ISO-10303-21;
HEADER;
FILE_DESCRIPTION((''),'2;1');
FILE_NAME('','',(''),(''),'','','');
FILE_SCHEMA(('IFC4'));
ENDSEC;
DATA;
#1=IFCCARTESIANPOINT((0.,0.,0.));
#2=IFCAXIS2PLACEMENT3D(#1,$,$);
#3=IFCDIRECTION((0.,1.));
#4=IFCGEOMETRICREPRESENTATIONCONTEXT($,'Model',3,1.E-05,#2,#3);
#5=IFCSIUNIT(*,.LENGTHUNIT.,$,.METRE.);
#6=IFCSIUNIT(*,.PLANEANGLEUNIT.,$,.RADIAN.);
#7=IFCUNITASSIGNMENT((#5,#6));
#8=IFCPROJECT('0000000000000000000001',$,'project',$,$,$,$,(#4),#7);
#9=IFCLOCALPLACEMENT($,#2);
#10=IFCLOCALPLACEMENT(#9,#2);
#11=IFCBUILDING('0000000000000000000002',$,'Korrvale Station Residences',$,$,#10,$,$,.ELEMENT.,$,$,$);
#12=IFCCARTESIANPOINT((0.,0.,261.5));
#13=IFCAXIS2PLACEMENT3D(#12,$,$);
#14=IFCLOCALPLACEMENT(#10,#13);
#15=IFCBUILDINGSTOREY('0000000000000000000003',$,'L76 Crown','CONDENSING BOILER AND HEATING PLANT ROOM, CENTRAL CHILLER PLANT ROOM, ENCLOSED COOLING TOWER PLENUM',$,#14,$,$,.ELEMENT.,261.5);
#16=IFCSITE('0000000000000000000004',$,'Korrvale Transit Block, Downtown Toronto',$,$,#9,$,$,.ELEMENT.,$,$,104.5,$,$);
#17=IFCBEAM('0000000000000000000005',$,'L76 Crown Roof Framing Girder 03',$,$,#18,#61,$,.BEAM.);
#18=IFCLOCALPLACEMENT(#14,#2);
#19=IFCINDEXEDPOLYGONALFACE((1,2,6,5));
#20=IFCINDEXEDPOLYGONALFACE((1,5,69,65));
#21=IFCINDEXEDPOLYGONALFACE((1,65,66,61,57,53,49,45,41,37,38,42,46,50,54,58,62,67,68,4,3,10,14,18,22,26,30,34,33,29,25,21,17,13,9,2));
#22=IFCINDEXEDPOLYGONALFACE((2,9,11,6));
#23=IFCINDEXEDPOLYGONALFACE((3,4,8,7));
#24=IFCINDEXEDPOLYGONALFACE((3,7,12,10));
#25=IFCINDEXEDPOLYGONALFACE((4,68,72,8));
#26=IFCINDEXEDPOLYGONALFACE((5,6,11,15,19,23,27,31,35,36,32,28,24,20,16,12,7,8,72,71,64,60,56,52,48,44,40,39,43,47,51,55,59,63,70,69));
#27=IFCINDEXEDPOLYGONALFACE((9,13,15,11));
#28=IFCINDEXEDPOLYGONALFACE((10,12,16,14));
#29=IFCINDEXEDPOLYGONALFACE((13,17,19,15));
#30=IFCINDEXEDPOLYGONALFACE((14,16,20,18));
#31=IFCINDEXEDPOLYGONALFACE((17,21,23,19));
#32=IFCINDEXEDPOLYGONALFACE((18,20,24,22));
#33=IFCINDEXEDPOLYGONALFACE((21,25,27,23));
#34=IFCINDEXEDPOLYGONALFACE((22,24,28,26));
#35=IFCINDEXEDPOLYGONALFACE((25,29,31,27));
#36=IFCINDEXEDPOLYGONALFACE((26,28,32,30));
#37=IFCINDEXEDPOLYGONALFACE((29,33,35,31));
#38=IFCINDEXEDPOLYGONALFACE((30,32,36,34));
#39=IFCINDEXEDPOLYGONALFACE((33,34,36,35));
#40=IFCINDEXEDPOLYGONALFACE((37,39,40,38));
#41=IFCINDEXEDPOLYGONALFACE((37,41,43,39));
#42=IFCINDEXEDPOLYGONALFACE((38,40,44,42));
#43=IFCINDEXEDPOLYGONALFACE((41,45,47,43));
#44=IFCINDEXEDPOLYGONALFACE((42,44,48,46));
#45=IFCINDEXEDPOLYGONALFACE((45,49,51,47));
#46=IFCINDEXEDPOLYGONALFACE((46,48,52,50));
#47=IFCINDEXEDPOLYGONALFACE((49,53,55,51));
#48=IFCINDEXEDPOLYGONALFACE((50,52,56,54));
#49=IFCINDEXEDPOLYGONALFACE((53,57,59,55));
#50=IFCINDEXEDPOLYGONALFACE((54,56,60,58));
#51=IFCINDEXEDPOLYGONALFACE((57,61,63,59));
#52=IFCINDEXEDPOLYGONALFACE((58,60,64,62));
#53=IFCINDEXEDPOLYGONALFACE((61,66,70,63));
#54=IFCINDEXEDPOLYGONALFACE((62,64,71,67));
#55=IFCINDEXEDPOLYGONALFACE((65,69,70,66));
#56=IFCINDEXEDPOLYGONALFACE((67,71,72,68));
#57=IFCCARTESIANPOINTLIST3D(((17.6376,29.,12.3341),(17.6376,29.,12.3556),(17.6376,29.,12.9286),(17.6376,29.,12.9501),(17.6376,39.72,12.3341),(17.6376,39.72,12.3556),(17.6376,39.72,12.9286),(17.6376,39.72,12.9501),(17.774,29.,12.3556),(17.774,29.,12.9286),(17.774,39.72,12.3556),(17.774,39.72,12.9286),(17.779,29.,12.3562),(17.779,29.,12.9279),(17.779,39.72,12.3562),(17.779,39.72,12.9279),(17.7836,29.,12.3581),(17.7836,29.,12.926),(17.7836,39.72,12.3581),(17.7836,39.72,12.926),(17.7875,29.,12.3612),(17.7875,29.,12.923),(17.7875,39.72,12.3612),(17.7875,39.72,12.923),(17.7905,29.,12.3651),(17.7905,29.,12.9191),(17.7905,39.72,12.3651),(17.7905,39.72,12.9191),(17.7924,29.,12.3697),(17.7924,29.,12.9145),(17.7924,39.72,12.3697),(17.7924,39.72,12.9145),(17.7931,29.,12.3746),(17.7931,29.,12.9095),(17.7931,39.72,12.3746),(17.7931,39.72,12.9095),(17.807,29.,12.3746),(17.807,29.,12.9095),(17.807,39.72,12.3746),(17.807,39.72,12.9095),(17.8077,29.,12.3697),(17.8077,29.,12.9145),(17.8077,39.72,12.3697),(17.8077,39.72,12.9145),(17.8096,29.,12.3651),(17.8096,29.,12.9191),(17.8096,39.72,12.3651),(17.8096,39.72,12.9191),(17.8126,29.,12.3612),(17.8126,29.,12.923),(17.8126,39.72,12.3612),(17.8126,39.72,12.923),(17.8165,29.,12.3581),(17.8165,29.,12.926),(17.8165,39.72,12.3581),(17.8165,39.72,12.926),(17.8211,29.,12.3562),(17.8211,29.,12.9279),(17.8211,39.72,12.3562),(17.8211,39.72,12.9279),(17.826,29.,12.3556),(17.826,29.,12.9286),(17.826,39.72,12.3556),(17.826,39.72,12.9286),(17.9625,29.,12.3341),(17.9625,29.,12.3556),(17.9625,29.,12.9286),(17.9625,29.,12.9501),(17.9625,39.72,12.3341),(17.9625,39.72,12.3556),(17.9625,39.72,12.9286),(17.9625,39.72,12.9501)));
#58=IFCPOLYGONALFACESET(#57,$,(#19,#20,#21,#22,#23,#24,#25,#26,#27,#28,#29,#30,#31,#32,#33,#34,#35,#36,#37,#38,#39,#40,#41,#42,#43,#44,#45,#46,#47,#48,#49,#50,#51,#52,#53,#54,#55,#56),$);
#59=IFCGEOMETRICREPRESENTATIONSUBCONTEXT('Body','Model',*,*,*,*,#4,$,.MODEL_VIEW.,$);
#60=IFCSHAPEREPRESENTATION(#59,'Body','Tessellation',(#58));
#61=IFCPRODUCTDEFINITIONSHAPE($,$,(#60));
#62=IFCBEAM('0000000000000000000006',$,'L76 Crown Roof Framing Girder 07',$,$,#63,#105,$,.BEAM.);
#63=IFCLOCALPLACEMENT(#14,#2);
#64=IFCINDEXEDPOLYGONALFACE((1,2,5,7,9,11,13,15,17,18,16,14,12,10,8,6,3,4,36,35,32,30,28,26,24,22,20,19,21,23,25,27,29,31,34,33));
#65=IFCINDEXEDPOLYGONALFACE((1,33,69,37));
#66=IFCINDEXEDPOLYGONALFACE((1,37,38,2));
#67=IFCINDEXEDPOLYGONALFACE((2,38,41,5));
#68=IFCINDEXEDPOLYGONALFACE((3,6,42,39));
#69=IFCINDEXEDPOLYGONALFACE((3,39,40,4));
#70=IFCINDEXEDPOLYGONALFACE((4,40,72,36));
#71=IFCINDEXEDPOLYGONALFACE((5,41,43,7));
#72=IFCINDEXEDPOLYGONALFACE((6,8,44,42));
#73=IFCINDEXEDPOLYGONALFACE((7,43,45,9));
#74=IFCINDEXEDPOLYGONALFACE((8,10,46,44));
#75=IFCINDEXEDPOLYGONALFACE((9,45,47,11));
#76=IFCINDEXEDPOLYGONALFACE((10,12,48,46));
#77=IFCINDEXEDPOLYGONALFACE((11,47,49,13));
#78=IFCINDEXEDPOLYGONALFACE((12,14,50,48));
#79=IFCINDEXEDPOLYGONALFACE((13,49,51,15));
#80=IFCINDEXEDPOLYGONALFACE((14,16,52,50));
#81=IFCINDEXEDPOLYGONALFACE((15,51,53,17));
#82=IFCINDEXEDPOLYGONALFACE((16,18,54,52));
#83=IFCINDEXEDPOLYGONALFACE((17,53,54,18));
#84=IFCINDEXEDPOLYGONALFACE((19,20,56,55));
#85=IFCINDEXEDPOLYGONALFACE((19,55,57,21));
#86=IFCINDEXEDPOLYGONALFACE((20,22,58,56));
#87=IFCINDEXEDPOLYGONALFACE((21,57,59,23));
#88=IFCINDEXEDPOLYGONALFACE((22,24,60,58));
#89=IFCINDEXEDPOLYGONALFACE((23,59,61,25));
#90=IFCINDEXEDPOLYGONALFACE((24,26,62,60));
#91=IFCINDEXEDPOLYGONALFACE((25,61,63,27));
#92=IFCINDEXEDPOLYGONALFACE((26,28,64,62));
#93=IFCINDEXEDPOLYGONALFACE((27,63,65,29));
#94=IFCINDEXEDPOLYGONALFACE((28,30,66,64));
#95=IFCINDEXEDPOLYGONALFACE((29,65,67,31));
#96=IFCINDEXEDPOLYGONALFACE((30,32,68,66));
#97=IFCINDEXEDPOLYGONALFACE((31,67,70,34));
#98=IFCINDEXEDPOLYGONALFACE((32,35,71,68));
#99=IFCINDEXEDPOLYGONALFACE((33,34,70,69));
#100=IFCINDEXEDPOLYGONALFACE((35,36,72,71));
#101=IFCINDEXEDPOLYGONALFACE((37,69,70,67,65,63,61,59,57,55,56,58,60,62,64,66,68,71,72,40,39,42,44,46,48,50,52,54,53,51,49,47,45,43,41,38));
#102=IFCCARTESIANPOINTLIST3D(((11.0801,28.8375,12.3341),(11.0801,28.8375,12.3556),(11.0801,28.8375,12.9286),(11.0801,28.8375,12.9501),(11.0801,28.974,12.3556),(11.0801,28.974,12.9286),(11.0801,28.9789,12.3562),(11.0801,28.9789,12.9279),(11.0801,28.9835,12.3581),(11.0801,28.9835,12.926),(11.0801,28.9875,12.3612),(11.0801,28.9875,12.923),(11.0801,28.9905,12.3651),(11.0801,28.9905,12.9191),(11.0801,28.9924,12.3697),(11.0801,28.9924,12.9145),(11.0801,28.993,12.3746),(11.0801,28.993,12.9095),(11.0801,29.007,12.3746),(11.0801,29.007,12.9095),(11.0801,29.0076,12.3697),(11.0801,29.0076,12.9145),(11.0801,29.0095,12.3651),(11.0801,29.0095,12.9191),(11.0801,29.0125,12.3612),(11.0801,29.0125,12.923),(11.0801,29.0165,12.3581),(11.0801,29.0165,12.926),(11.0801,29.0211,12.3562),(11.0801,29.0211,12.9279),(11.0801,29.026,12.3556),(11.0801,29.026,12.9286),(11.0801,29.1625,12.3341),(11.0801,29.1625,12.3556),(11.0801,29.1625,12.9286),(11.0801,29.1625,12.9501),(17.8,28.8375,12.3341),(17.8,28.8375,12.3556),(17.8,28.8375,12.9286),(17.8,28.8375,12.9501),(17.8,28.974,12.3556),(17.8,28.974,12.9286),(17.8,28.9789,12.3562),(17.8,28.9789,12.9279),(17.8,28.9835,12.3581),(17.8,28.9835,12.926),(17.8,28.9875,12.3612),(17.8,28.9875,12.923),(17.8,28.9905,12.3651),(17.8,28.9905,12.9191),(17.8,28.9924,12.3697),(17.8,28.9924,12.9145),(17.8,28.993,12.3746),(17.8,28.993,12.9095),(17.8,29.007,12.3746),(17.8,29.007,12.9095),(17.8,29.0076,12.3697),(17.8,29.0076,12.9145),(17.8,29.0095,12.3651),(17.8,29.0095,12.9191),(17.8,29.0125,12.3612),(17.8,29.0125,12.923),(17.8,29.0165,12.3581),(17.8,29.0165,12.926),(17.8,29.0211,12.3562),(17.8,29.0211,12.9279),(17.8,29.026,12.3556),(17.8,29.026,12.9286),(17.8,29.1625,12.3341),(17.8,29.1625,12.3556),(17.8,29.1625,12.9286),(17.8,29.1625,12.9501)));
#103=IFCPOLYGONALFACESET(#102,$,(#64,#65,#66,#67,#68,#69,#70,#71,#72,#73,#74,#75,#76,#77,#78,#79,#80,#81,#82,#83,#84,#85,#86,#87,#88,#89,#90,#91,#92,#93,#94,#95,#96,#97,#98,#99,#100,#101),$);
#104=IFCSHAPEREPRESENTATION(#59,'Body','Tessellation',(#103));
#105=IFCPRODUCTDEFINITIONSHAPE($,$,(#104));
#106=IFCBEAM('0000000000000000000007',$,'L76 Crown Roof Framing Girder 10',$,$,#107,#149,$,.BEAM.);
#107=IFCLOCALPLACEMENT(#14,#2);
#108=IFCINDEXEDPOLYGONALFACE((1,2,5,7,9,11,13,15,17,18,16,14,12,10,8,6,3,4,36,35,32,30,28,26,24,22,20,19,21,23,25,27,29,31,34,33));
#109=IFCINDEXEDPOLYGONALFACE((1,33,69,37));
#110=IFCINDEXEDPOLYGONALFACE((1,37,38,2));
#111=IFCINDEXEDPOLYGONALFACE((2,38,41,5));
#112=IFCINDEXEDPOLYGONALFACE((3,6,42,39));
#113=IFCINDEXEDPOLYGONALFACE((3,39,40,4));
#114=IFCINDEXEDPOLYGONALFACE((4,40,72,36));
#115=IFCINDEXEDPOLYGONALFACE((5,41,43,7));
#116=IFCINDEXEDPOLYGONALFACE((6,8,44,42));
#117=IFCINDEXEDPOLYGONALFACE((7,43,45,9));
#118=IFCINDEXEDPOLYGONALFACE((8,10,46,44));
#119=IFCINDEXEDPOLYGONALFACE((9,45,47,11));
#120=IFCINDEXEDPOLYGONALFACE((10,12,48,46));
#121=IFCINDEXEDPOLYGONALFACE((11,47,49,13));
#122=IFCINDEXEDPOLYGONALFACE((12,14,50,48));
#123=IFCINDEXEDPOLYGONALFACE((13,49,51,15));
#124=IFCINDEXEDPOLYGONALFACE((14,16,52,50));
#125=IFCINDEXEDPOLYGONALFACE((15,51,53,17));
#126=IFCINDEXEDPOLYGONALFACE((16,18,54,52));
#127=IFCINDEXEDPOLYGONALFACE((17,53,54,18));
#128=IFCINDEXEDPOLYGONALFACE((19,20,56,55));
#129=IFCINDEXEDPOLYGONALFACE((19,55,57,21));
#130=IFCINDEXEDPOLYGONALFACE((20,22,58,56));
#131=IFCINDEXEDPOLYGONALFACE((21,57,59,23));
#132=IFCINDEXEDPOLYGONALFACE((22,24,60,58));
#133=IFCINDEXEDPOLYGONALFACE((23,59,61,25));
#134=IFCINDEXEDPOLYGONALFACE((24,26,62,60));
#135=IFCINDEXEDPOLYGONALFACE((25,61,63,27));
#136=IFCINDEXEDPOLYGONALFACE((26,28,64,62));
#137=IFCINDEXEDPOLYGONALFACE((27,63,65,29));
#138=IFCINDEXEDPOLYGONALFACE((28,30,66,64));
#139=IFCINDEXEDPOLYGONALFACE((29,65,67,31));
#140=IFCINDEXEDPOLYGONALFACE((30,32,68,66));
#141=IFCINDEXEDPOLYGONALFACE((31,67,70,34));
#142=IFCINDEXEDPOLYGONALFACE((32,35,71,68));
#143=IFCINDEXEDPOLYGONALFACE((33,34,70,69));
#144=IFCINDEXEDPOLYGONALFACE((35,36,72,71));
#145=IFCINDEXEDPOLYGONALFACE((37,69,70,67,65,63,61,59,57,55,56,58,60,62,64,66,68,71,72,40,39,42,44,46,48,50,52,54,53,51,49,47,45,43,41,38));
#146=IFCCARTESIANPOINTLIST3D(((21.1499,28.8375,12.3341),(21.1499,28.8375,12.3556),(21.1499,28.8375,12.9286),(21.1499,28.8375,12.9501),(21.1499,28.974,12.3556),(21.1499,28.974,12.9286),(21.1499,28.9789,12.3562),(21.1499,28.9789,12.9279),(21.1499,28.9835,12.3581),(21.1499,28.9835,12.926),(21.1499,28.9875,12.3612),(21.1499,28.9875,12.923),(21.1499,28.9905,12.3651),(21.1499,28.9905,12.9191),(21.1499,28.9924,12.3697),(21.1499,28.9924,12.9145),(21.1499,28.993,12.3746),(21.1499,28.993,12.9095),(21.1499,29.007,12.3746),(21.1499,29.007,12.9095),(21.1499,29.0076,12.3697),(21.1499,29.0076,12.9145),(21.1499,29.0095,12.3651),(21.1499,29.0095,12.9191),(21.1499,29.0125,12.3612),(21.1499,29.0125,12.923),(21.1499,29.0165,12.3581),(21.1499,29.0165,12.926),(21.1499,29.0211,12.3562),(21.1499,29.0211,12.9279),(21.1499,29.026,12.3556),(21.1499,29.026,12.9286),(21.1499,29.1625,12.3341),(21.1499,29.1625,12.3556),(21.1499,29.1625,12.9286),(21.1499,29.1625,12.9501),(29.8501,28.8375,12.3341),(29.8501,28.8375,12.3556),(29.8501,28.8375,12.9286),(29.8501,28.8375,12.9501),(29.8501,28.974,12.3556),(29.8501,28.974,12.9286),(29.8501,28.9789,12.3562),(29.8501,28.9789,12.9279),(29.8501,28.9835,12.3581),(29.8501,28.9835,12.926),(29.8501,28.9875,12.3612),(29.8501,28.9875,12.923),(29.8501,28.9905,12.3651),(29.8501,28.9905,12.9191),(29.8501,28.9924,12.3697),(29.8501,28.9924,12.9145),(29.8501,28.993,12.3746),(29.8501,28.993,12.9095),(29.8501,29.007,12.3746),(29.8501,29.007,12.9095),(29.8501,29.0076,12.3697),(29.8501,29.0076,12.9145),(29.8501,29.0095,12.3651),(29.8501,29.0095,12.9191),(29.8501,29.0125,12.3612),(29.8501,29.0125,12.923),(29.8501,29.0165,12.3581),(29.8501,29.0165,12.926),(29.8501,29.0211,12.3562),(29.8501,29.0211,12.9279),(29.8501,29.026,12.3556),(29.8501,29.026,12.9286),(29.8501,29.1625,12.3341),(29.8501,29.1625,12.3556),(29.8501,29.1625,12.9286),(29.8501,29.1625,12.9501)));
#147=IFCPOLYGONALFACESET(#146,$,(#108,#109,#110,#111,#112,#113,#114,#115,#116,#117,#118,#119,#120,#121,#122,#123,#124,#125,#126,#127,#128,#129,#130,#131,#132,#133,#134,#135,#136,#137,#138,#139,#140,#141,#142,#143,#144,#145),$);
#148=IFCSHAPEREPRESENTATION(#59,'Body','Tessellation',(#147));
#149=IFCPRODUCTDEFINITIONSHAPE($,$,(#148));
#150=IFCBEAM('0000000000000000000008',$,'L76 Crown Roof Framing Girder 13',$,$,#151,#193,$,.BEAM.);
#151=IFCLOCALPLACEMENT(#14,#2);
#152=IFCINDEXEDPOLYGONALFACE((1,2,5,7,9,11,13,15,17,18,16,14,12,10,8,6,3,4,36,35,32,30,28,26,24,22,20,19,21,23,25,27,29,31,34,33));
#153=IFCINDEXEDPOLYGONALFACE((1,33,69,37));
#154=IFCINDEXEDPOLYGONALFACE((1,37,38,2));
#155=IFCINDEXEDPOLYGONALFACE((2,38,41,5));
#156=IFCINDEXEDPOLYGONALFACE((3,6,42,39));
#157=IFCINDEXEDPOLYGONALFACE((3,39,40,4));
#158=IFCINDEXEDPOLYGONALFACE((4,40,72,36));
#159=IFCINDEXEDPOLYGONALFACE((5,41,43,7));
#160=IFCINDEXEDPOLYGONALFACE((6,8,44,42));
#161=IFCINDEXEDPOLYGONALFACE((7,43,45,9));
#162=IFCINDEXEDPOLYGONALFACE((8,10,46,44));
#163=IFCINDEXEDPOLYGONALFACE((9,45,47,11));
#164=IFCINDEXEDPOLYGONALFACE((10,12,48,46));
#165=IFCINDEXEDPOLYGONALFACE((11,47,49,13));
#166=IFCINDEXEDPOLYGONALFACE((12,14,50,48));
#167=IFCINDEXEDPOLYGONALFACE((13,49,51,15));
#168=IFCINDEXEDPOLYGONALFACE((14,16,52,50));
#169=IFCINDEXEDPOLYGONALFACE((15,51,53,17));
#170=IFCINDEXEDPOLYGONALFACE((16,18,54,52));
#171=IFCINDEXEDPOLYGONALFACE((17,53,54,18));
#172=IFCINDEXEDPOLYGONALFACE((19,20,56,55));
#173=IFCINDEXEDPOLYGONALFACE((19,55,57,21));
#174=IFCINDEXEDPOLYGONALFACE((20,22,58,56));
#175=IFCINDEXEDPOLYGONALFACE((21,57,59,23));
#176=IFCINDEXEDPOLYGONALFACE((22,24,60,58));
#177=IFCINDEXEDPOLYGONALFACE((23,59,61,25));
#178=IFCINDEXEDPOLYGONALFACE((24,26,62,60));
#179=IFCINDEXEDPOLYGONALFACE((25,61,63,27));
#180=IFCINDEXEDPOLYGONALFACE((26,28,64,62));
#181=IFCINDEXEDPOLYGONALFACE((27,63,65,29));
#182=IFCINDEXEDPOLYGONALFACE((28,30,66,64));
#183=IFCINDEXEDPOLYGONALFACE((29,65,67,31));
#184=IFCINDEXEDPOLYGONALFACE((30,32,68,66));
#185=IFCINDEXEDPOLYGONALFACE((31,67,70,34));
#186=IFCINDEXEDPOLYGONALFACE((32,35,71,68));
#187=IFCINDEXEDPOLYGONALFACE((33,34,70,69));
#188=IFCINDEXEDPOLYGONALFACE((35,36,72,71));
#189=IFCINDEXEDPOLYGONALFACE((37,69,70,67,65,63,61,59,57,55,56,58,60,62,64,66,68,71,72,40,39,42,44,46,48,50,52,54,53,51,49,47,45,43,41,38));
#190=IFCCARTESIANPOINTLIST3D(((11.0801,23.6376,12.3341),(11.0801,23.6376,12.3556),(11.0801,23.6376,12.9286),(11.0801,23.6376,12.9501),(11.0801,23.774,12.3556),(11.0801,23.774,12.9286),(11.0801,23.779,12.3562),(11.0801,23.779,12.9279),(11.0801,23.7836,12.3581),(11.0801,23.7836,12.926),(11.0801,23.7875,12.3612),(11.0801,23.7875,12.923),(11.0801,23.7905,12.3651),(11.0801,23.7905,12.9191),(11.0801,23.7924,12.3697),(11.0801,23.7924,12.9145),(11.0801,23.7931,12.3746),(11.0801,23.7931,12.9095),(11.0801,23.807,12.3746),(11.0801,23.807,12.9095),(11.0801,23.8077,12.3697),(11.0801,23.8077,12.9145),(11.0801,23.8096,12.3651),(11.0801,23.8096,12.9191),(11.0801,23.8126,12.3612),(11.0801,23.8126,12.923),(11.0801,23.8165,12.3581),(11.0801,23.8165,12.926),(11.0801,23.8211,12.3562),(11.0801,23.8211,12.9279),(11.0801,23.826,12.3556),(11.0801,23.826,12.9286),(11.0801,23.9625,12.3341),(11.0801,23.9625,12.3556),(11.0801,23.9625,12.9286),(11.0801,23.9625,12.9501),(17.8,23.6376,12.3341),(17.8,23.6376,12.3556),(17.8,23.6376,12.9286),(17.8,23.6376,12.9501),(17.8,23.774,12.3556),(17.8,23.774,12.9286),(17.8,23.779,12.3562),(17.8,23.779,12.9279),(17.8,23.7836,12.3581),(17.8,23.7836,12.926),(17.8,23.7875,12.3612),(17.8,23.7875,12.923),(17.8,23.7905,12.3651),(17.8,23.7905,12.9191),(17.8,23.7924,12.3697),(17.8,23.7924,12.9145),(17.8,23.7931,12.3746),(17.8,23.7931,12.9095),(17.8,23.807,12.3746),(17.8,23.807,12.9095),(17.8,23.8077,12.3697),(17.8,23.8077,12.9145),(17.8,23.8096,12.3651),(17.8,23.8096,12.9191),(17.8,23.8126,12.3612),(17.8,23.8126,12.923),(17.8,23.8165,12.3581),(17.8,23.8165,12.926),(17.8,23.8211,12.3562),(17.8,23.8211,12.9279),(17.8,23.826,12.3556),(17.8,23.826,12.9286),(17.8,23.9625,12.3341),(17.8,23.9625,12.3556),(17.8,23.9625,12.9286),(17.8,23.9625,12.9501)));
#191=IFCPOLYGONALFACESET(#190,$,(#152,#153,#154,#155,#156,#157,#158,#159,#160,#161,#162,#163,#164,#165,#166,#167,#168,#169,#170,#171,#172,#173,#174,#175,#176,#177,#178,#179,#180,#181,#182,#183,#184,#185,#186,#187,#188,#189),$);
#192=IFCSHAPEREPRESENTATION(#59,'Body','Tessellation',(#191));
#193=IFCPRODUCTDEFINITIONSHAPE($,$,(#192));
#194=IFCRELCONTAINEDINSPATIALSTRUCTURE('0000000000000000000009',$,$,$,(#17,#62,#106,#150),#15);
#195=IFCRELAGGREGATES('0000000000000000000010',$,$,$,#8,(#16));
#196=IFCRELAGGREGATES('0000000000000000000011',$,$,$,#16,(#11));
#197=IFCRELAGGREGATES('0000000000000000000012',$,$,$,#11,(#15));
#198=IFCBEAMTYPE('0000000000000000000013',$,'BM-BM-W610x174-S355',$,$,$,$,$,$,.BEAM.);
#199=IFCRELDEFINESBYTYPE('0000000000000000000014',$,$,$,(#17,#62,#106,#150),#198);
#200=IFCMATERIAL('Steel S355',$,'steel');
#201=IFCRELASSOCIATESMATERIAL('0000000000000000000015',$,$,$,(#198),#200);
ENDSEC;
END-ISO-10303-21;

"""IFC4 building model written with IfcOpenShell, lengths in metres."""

from ifc_helpers import new_model, si_unit, direction, frame, origin, origin_2d, place, context, subcontext, project, spatial, i_section, extrude, material, material_profile, profile_set, type_object, element, save


model = new_model("IFC4")

# Units and contexts
model_context = context("Model", 3, precision=1e-05, world=origin(), true_north=direction((0.0, 1.0)))
body_context = subcontext(model_context, "Body", "Model", "MODEL_VIEW")
ifc_project = project(units=[si_unit("LENGTHUNIT", "METRE"), si_unit("PLANEANGLEUNIT", "RADIAN")], contexts=[model_context])

# Site, building, storey
site_placement = place(None, origin())
site = spatial("IfcSite", under=ifc_project, at=site_placement, Name="Korrvale Transit Block, Downtown Toronto", CompositionType="ELEMENT", RefElevation=104.5)
building_placement = place(site_placement, origin())
building = spatial("IfcBuilding", under=site, at=building_placement, Name="Korrvale Station Residences", CompositionType="ELEMENT")
storey_placement = place(building_placement, frame((0.0, 0.0, 261.5)))
storey = spatial("IfcBuildingStorey", under=building, at=storey_placement, Name="L76 Crown", Description="CONDENSING BOILER AND HEATING PLANT ROOM, CENTRAL CHILLER PLANT ROOM, ENCLOSED COOLING TOWER PLENUM", CompositionType="ELEMENT", Elevation=261.5)

# Beams
ifc_material_1 = material(Name="Steel S355", Category="steel")
ifc_material_profile_1 = material_profile(ifc_material_1, i_section(OverallWidth=0.325, OverallDepth=0.616, WebThickness=0.0139, FlangeThickness=0.0215, FilletRadius=0.019, at=origin_2d()), Name="W610x174")
ifc_profile_set_1 = profile_set([ifc_material_profile_1], Name="Steel S355")
beam_type_1 = type_object("IfcBeamType", Name="BM-BM-W610x174-S355", PredefinedType="BEAM", material=ifc_profile_set_1)
beam_1_placement = place(storey_placement, frame((17.8, 29.0, 12.6421), z_axis=(0.0, 1.0, 0.0), x_axis=(-1.0, 0.0, 0.0)))
element("IfcBeam", 1, at=beam_1_placement, inside=storey, type_object=beam_type_1, Name="L76 Crown Roof Framing Girder 03", PredefinedType="BEAM", context=body_context, shape_type="SweptSolid", body=[
    extrude(i_section(OverallWidth=0.325, OverallDepth=0.616, WebThickness=0.0139, FlangeThickness=0.0215, FilletRadius=0.019, at=origin_2d()), origin(), (0.0, 0.0, 1.0), 10.72),
])
beam_2_placement = place(storey_placement, frame((11.0801, 29.0, 12.6421), z_axis=(1.0, 0.0, 0.0), x_axis=(0.0, 1.0, 0.0)))
element("IfcBeam", 2, at=beam_2_placement, inside=storey, type_object=beam_type_1, Name="L76 Crown Roof Framing Girder 07", PredefinedType="BEAM", context=body_context, shape_type="SweptSolid", body=[
    extrude(i_section(OverallWidth=0.325, OverallDepth=0.616, WebThickness=0.0139, FlangeThickness=0.0215, FilletRadius=0.019, at=origin_2d()), origin(), (0.0, 0.0, 1.0), 6.72),
])
beam_3_placement = place(storey_placement, frame((21.1499, 29.0, 12.6421), z_axis=(1.0, 0.0, 0.0), x_axis=(0.0, 1.0, 0.0)))
element("IfcBeam", 3, at=beam_3_placement, inside=storey, type_object=beam_type_1, Name="L76 Crown Roof Framing Girder 10", PredefinedType="BEAM", context=body_context, shape_type="SweptSolid", body=[
    extrude(i_section(OverallWidth=0.325, OverallDepth=0.616, WebThickness=0.0139, FlangeThickness=0.0215, FilletRadius=0.019, at=origin_2d()), origin(), (0.0, 0.0, 1.0), 8.7002),
])
beam_4_placement = place(storey_placement, frame((11.0801, 23.8, 12.6421), z_axis=(1.0, 0.0, 0.0), x_axis=(0.0, 1.0, 0.0)))
element("IfcBeam", 4, at=beam_4_placement, inside=storey, type_object=beam_type_1, Name="L76 Crown Roof Framing Girder 13", PredefinedType="BEAM", context=body_context, shape_type="SweptSolid", body=[
    extrude(i_section(OverallWidth=0.325, OverallDepth=0.616, WebThickness=0.0139, FlangeThickness=0.0215, FilletRadius=0.019, at=origin_2d()), origin(), (0.0, 0.0, 1.0), 6.72),
])

save(model, "model.ifc")
